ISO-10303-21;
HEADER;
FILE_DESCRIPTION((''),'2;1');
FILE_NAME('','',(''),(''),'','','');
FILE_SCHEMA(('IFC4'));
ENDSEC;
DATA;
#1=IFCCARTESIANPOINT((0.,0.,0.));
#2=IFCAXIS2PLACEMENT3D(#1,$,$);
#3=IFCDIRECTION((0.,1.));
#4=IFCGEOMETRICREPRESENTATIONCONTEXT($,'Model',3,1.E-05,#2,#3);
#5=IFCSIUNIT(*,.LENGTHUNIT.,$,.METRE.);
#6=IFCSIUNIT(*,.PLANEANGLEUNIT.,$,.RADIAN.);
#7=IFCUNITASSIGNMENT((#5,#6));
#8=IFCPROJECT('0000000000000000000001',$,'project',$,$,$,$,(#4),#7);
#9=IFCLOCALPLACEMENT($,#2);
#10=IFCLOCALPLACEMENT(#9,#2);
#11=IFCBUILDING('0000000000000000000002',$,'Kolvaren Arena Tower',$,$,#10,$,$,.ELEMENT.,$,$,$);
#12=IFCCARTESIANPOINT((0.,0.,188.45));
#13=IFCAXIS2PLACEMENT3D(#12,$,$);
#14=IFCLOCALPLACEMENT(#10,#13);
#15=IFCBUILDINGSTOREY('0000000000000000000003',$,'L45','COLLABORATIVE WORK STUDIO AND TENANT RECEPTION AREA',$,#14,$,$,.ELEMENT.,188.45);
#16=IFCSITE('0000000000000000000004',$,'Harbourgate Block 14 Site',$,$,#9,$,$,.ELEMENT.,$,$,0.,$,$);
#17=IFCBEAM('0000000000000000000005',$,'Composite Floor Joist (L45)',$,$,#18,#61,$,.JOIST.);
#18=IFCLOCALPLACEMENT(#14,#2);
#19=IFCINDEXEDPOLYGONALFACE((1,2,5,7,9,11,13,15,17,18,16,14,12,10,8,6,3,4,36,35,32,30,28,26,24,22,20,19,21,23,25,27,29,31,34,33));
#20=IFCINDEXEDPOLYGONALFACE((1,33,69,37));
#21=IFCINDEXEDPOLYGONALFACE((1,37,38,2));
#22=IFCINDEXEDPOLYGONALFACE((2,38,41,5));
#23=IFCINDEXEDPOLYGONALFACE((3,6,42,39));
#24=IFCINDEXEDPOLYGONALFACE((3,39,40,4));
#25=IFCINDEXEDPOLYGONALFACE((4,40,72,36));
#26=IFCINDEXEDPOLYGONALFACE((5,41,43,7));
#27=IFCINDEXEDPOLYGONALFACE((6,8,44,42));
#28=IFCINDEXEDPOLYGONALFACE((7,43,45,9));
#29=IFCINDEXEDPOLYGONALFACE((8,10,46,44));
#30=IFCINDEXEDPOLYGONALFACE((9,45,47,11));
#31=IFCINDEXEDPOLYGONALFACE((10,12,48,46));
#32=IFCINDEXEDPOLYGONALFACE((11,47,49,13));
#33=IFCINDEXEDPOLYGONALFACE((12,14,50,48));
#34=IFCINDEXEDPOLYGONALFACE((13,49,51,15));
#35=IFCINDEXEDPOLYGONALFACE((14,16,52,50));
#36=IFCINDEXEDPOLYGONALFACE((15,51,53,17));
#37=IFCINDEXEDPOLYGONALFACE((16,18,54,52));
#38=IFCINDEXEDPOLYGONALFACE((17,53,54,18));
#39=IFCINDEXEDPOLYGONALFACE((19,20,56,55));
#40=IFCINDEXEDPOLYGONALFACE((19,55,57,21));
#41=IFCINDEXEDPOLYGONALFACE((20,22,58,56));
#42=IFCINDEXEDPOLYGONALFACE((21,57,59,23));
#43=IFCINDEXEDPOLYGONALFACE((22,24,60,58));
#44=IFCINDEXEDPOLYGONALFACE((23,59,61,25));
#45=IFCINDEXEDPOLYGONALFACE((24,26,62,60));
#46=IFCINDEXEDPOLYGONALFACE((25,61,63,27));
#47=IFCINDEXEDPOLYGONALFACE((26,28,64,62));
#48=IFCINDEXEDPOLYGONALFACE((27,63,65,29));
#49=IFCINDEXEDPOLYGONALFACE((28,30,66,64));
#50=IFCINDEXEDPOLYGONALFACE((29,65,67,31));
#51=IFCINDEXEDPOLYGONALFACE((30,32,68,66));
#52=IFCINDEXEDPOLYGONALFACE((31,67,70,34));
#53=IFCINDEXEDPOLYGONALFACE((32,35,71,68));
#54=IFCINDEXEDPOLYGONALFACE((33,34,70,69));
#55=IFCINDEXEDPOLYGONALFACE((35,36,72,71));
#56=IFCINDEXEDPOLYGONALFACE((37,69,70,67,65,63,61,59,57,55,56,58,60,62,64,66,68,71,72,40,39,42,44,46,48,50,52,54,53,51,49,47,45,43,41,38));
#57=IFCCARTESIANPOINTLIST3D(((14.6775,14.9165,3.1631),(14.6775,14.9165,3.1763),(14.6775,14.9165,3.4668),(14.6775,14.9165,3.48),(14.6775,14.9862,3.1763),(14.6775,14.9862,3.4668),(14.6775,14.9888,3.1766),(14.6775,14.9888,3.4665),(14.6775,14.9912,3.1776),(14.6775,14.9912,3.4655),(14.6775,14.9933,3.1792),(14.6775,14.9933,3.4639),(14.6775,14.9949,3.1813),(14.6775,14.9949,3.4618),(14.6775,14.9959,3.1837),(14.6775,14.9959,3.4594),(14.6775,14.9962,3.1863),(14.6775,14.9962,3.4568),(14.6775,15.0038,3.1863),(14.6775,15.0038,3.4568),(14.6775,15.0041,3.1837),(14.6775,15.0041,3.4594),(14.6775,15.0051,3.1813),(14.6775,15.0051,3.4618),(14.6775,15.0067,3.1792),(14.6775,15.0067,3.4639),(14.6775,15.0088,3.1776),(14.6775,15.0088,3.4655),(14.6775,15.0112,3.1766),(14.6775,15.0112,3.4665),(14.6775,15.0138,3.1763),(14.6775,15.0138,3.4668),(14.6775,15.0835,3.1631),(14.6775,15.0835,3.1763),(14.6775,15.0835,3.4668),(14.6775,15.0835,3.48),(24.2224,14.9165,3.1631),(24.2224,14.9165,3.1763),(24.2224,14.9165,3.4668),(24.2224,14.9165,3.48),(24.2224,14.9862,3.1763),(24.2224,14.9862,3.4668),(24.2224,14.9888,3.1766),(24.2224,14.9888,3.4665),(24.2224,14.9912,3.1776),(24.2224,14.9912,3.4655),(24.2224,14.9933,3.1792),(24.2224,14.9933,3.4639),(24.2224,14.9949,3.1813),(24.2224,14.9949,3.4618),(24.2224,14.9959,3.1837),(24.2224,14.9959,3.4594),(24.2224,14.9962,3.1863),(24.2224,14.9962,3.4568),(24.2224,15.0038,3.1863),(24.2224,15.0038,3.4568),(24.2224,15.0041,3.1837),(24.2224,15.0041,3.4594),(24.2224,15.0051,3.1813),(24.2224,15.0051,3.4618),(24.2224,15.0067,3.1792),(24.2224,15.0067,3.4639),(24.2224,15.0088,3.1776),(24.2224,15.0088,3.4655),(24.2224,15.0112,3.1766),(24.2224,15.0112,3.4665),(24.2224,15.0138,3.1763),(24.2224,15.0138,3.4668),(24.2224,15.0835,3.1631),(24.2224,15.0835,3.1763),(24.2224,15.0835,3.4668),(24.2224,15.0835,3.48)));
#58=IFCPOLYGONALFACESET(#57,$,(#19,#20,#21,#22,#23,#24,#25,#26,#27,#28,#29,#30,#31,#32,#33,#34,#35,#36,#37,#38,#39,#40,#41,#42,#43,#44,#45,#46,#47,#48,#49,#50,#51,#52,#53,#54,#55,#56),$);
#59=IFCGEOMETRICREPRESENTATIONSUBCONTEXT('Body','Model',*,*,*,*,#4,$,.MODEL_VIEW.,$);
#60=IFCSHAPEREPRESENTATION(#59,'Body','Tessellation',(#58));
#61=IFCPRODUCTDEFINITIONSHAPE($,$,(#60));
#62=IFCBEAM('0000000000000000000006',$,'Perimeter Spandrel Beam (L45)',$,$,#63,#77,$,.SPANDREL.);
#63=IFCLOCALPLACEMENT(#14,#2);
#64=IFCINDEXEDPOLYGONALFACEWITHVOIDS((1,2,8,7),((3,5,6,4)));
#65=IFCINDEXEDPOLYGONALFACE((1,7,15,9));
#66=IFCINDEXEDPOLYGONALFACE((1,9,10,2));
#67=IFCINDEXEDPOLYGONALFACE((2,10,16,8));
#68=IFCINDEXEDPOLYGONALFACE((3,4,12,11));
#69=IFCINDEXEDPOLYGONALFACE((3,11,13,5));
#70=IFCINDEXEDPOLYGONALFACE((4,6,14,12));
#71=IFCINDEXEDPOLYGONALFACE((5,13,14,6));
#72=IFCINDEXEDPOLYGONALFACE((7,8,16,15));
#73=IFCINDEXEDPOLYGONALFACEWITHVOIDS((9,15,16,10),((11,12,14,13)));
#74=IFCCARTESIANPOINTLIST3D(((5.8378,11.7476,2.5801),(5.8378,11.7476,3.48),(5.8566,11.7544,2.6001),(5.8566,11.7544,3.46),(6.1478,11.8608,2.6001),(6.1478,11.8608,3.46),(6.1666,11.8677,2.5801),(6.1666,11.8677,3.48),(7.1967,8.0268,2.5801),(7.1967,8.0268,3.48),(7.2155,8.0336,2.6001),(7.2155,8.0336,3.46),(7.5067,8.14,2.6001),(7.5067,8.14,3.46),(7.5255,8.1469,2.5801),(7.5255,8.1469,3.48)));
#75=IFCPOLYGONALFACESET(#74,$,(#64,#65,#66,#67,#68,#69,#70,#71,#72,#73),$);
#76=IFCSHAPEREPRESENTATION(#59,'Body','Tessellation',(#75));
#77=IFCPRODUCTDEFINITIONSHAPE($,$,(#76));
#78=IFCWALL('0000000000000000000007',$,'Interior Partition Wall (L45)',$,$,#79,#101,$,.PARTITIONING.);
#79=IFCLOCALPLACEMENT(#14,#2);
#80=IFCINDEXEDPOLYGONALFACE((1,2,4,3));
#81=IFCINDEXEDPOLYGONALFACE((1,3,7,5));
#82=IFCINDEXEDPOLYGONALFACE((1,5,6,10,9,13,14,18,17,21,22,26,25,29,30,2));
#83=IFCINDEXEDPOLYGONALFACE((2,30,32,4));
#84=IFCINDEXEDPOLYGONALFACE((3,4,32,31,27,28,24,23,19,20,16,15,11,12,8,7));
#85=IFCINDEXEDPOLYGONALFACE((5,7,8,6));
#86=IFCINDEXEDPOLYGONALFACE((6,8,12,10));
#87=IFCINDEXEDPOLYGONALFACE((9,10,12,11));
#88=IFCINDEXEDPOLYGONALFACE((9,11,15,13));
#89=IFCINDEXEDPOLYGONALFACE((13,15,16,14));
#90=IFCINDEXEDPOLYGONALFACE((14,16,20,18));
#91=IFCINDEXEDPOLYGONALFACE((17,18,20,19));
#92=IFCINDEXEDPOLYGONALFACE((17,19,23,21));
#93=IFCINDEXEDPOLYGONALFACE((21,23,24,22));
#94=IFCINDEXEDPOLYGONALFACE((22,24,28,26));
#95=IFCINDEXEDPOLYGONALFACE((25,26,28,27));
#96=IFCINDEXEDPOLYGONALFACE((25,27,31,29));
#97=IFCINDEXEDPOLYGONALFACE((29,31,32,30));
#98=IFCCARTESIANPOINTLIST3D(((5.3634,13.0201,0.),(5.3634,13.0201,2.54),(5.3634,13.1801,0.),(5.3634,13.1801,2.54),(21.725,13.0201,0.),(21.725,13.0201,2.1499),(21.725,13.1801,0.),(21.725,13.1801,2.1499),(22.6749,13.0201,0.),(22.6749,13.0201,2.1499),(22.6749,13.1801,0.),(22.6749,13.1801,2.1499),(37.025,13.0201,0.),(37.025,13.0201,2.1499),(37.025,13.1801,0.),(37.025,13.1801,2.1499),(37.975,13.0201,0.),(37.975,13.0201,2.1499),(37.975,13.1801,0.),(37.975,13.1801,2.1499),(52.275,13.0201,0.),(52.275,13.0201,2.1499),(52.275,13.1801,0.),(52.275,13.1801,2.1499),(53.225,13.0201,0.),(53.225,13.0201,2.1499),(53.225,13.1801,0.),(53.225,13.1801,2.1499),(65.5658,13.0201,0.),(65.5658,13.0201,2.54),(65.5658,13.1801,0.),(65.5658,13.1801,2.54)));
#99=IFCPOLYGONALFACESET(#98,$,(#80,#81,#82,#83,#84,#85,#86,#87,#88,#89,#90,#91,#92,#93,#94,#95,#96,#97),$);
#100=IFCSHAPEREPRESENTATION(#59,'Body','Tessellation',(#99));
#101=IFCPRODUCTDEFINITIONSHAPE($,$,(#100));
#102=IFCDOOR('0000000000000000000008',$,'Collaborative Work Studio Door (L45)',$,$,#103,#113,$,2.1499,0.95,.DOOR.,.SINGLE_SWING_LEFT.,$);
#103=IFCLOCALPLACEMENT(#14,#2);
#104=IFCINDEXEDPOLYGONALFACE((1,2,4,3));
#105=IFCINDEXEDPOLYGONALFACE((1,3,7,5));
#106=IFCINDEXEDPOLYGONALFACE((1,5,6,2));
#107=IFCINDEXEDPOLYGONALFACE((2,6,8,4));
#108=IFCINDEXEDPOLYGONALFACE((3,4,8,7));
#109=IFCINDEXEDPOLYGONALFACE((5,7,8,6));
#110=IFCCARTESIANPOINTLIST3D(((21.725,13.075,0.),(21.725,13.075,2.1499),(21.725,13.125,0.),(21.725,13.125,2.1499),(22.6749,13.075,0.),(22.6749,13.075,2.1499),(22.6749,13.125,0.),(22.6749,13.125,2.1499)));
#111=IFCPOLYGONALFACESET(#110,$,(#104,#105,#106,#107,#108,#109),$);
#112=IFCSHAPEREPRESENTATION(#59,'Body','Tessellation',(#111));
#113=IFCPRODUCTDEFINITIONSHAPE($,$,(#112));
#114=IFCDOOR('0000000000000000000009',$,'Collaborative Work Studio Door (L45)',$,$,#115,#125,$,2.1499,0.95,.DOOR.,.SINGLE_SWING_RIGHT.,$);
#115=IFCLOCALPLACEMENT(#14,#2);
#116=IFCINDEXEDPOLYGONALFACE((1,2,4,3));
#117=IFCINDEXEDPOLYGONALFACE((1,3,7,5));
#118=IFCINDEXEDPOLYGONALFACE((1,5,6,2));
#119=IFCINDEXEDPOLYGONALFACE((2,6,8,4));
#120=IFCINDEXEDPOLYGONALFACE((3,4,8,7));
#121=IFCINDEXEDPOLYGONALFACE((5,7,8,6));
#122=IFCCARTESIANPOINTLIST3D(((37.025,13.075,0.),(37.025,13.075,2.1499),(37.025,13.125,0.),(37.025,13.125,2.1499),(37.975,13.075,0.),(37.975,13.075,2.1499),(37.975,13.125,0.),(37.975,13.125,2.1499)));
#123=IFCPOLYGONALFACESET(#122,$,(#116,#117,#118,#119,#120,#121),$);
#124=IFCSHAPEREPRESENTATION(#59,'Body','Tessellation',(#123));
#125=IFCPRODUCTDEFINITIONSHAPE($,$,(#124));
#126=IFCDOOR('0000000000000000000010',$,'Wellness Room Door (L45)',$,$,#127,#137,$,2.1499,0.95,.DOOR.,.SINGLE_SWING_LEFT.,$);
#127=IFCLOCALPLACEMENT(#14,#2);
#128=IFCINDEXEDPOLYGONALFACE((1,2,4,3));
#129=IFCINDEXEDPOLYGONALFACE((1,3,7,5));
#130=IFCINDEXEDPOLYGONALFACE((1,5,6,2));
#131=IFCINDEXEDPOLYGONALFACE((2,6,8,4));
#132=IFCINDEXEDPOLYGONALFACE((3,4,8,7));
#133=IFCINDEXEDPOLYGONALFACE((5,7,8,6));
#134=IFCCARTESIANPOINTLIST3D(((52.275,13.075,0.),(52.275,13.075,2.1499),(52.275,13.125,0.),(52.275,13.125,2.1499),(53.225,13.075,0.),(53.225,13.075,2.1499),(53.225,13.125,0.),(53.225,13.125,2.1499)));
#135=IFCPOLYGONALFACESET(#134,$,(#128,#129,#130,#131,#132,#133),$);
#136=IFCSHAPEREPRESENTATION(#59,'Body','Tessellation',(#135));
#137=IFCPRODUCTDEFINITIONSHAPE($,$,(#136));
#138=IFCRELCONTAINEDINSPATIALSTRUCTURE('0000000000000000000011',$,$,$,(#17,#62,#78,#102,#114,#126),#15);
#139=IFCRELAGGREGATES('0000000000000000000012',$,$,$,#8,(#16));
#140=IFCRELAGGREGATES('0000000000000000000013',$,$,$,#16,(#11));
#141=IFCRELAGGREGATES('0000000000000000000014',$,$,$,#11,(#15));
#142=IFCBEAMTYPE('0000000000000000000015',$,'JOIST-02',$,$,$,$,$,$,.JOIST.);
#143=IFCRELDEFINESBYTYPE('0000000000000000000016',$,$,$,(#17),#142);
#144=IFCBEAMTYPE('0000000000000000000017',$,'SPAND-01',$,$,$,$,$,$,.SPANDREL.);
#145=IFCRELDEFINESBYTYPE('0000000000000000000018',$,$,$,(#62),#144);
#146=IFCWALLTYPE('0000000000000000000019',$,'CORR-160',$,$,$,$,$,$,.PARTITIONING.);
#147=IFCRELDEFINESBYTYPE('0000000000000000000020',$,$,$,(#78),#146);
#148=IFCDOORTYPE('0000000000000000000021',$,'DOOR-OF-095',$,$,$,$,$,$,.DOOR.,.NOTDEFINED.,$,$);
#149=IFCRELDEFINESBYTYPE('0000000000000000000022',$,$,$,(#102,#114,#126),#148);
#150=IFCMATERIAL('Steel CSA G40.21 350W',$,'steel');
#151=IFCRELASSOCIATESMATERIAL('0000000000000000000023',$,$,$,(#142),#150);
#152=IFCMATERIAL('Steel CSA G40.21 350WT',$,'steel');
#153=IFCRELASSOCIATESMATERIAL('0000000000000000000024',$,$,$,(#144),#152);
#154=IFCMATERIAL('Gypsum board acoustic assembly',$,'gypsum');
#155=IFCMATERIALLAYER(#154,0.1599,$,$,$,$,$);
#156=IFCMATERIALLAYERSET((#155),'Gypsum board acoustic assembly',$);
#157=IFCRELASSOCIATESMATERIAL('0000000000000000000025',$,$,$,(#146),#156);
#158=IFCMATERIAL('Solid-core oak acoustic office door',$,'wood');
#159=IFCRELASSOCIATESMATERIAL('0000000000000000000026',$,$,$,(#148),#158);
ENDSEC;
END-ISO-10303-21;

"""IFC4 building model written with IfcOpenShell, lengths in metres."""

from ifc_helpers import new_model, si_unit, direction, frame, frame_2d, origin, origin_2d, place, context, subcontext, project, spatial, rectangle, hollow_rectangle, i_section, extrude, material, layer, layer_set, material_profile, profile_set, type_object, element, fill, save


model = new_model("IFC4")

# Units and contexts
model_context = context("Model", 3, precision=1e-05, world=origin(), true_north=direction((0.0, 1.0)))
body_context = subcontext(model_context, "Body", "Model", "MODEL_VIEW")
ifc_project = project(units=[si_unit("LENGTHUNIT", "METRE"), si_unit("PLANEANGLEUNIT", "RADIAN")], contexts=[model_context])

# Site, building, storey
site_placement = place(None, origin())
site = spatial("IfcSite", under=ifc_project, at=site_placement, Name="Harbourgate Block 14 Site", CompositionType="ELEMENT", RefElevation=0.0)
building_placement = place(site_placement, origin())
building = spatial("IfcBuilding", under=site, at=building_placement, Name="Kolvaren Arena Tower", CompositionType="ELEMENT")
storey_placement = place(building_placement, frame((0.0, 0.0, 188.45)))
storey = spatial("IfcBuildingStorey", under=building, at=storey_placement, Name="L45", Description="COLLABORATIVE WORK STUDIO AND TENANT RECEPTION AREA", CompositionType="ELEMENT", Elevation=188.45)

# Beams
ifc_material_1 = material(Name="Steel CSA G40.21 350W", Category="steel")
ifc_material_profile_1 = material_profile(ifc_material_1, i_section(OverallWidth=0.167, OverallDepth=0.3169, WebThickness=0.0076, FlangeThickness=0.0132, FilletRadius=0.01, at=origin_2d()), Name="W310x52")
ifc_profile_set_1 = profile_set([ifc_material_profile_1], Name="Steel CSA G40.21 350W")
beam_type_1 = type_object("IfcBeamType", Name="JOIST-02", PredefinedType="JOIST", material=ifc_profile_set_1)
beam_1_placement = place(storey_placement, frame((14.6775, 15.0, 3.3215), z_axis=(1.0, 0.0, 0.0), x_axis=(0.0, 1.0, 0.0)))
element("IfcBeam", 1, at=beam_1_placement, inside=storey, type_object=beam_type_1, Name="Composite Floor Joist (L45)", PredefinedType="JOIST", context=body_context, shape_type="SweptSolid", body=[
    extrude(i_section(OverallWidth=0.167, OverallDepth=0.3169, WebThickness=0.0076, FlangeThickness=0.0132, FilletRadius=0.01, at=origin_2d()), origin(), (0.0, 0.0, 1.0), 9.5449),
])
ifc_material_2 = material(Name="Steel CSA G40.21 350WT", Category="steel")
ifc_material_profile_2 = material_profile(ifc_material_2, hollow_rectangle(XDim=0.3501, YDim=0.8999, WallThickness=0.02, at=origin_2d()), Name="HSS 900x350x20")
ifc_profile_set_2 = profile_set([ifc_material_profile_2], Name="Steel CSA G40.21 350WT")
beam_type_2 = type_object("IfcBeamType", Name="SPAND-01", PredefinedType="SPANDREL", material=ifc_profile_set_2)
beam_2_placement = place(storey_placement, frame((6.0022, 11.8076, 3.03), z_axis=(0.343059, -0.939314, 0.0), x_axis=(0.939314, 0.343059, 0.0)))
element("IfcBeam", 2, at=beam_2_placement, inside=storey, type_object=beam_type_2, Name="Perimeter Spandrel Beam (L45)", PredefinedType="SPANDREL", context=body_context, shape_type="SweptSolid", body=[
    extrude(hollow_rectangle(XDim=0.3501, YDim=0.8999, WallThickness=0.02, at=origin_2d()), origin(), (0.0, 0.0, 1.0), 3.9612),
])

# Wall, openings, doors
ifc_material_3 = material(Name="Gypsum board acoustic assembly", Category="gypsum")
ifc_layer_1 = layer(ifc_material_3, 0.1599)
ifc_layer_set_1 = layer_set([ifc_layer_1], Name="Gypsum board acoustic assembly")
wall_type_1 = type_object("IfcWallType", Name="CORR-160", PredefinedType="PARTITIONING", material=ifc_layer_set_1)
wall_1_placement = place(storey_placement, frame((5.3635, 13.1001, 0.0), z_axis=(0.0, 0.0, 1.0), x_axis=(1.0, 0.0, 0.0)))
wall_1 = element("IfcWall", 3, at=wall_1_placement, inside=storey, type_object=wall_type_1, Name="Interior Partition Wall (L45)", PredefinedType="PARTITIONING", context=body_context, shape_type="SweptSolid", body=[
    extrude(rectangle(XDim=60.2024, YDim=0.1599, at=frame_2d((30.1011, 0.0))), origin(), (0.0, 0.0, 1.0), 2.54),
])
opening_1_placement = place(wall_1_placement, frame((16.3613, 0.0, 0.0)))
opening_1 = element("IfcOpeningElement", 4, at=opening_1_placement, cuts=wall_1, PredefinedType="OPENING", context=body_context, shape_type="SweptSolid", body=[
    extrude(rectangle(XDim=0.95, YDim=2.1499, at=frame_2d((0.4751, 1.075))), frame((0.0, 0.0898, 0.0), z_axis=(0.0, -1.0, 0.0), x_axis=(1.0, 0.0, 0.0)), (0.0, 0.0, 1.0), 0.1799),
])
opening_2_placement = place(wall_1_placement, frame((31.6614, 0.0, 0.0)))
opening_2 = element("IfcOpeningElement", 5, at=opening_2_placement, cuts=wall_1, PredefinedType="OPENING", context=body_context, shape_type="SweptSolid", body=[
    extrude(rectangle(XDim=0.95, YDim=2.1499, at=frame_2d((0.4751, 1.075))), frame((0.0, 0.0898, 0.0), z_axis=(0.0, -1.0, 0.0), x_axis=(1.0, 0.0, 0.0)), (0.0, 0.0, 1.0), 0.1799),
])
opening_3_placement = place(wall_1_placement, frame((46.9114, 0.0, 0.0)))
opening_3 = element("IfcOpeningElement", 6, at=opening_3_placement, cuts=wall_1, PredefinedType="OPENING", context=body_context, shape_type="SweptSolid", body=[
    extrude(rectangle(XDim=0.95, YDim=2.1499, at=frame_2d((0.4751, 1.075))), frame((0.0, 0.0898, 0.0), z_axis=(0.0, -1.0, 0.0), x_axis=(1.0, 0.0, 0.0)), (0.0, 0.0, 1.0), 0.1799),
])
ifc_material_4 = material(Name="Solid-core oak acoustic office door", Category="wood")
door_type = type_object("IfcDoorType", Name="DOOR-OF-095", OperationType="NOTDEFINED", PredefinedType="DOOR", material=ifc_material_4)
door_1_placement = place(opening_1_placement, origin())
door_1 = element("IfcDoor", 7, at=door_1_placement, inside=storey, type_object=door_type, Name="Collaborative Work Studio Door (L45)", OperationType="SINGLE_SWING_LEFT", OverallHeight=2.1499, OverallWidth=0.95, PredefinedType="DOOR", context=body_context, shape_type="SweptSolid", body=[
    extrude(rectangle(XDim=0.95, YDim=2.1499, at=frame_2d((0.4751, 1.075))), frame((0.0, 0.0249, 0.0), z_axis=(0.0, -1.0, 0.0), x_axis=(1.0, 0.0, 0.0)), (0.0, 0.0, 1.0), 0.05),
])
fill(opening_1, door_1)
door_2_placement = place(opening_2_placement, origin())
door_2 = element("IfcDoor", 8, at=door_2_placement, inside=storey, type_object=door_type, Name="Collaborative Work Studio Door (L45)", OperationType="SINGLE_SWING_RIGHT", OverallHeight=2.1499, OverallWidth=0.95, PredefinedType="DOOR", context=body_context, shape_type="SweptSolid", body=[
    extrude(rectangle(XDim=0.95, YDim=2.1499, at=frame_2d((0.4751, 1.075))), frame((0.0, 0.0249, 0.0), z_axis=(0.0, -1.0, 0.0), x_axis=(1.0, 0.0, 0.0)), (0.0, 0.0, 1.0), 0.05),
])
fill(opening_2, door_2)
door_3_placement = place(opening_3_placement, origin())
door_3 = element("IfcDoor", 9, at=door_3_placement, inside=storey, type_object=door_type, Name="Wellness Room Door (L45)", OperationType="SINGLE_SWING_LEFT", OverallHeight=2.1499, OverallWidth=0.95, PredefinedType="DOOR", context=body_context, shape_type="SweptSolid", body=[
    extrude(rectangle(XDim=0.95, YDim=2.1499, at=frame_2d((0.4751, 1.075))), frame((0.0, 0.0249, 0.0), z_axis=(0.0, -1.0, 0.0), x_axis=(1.0, 0.0, 0.0)), (0.0, 0.0, 1.0), 0.05),
])
fill(opening_3, door_3)

save(model, "model.ifc")
